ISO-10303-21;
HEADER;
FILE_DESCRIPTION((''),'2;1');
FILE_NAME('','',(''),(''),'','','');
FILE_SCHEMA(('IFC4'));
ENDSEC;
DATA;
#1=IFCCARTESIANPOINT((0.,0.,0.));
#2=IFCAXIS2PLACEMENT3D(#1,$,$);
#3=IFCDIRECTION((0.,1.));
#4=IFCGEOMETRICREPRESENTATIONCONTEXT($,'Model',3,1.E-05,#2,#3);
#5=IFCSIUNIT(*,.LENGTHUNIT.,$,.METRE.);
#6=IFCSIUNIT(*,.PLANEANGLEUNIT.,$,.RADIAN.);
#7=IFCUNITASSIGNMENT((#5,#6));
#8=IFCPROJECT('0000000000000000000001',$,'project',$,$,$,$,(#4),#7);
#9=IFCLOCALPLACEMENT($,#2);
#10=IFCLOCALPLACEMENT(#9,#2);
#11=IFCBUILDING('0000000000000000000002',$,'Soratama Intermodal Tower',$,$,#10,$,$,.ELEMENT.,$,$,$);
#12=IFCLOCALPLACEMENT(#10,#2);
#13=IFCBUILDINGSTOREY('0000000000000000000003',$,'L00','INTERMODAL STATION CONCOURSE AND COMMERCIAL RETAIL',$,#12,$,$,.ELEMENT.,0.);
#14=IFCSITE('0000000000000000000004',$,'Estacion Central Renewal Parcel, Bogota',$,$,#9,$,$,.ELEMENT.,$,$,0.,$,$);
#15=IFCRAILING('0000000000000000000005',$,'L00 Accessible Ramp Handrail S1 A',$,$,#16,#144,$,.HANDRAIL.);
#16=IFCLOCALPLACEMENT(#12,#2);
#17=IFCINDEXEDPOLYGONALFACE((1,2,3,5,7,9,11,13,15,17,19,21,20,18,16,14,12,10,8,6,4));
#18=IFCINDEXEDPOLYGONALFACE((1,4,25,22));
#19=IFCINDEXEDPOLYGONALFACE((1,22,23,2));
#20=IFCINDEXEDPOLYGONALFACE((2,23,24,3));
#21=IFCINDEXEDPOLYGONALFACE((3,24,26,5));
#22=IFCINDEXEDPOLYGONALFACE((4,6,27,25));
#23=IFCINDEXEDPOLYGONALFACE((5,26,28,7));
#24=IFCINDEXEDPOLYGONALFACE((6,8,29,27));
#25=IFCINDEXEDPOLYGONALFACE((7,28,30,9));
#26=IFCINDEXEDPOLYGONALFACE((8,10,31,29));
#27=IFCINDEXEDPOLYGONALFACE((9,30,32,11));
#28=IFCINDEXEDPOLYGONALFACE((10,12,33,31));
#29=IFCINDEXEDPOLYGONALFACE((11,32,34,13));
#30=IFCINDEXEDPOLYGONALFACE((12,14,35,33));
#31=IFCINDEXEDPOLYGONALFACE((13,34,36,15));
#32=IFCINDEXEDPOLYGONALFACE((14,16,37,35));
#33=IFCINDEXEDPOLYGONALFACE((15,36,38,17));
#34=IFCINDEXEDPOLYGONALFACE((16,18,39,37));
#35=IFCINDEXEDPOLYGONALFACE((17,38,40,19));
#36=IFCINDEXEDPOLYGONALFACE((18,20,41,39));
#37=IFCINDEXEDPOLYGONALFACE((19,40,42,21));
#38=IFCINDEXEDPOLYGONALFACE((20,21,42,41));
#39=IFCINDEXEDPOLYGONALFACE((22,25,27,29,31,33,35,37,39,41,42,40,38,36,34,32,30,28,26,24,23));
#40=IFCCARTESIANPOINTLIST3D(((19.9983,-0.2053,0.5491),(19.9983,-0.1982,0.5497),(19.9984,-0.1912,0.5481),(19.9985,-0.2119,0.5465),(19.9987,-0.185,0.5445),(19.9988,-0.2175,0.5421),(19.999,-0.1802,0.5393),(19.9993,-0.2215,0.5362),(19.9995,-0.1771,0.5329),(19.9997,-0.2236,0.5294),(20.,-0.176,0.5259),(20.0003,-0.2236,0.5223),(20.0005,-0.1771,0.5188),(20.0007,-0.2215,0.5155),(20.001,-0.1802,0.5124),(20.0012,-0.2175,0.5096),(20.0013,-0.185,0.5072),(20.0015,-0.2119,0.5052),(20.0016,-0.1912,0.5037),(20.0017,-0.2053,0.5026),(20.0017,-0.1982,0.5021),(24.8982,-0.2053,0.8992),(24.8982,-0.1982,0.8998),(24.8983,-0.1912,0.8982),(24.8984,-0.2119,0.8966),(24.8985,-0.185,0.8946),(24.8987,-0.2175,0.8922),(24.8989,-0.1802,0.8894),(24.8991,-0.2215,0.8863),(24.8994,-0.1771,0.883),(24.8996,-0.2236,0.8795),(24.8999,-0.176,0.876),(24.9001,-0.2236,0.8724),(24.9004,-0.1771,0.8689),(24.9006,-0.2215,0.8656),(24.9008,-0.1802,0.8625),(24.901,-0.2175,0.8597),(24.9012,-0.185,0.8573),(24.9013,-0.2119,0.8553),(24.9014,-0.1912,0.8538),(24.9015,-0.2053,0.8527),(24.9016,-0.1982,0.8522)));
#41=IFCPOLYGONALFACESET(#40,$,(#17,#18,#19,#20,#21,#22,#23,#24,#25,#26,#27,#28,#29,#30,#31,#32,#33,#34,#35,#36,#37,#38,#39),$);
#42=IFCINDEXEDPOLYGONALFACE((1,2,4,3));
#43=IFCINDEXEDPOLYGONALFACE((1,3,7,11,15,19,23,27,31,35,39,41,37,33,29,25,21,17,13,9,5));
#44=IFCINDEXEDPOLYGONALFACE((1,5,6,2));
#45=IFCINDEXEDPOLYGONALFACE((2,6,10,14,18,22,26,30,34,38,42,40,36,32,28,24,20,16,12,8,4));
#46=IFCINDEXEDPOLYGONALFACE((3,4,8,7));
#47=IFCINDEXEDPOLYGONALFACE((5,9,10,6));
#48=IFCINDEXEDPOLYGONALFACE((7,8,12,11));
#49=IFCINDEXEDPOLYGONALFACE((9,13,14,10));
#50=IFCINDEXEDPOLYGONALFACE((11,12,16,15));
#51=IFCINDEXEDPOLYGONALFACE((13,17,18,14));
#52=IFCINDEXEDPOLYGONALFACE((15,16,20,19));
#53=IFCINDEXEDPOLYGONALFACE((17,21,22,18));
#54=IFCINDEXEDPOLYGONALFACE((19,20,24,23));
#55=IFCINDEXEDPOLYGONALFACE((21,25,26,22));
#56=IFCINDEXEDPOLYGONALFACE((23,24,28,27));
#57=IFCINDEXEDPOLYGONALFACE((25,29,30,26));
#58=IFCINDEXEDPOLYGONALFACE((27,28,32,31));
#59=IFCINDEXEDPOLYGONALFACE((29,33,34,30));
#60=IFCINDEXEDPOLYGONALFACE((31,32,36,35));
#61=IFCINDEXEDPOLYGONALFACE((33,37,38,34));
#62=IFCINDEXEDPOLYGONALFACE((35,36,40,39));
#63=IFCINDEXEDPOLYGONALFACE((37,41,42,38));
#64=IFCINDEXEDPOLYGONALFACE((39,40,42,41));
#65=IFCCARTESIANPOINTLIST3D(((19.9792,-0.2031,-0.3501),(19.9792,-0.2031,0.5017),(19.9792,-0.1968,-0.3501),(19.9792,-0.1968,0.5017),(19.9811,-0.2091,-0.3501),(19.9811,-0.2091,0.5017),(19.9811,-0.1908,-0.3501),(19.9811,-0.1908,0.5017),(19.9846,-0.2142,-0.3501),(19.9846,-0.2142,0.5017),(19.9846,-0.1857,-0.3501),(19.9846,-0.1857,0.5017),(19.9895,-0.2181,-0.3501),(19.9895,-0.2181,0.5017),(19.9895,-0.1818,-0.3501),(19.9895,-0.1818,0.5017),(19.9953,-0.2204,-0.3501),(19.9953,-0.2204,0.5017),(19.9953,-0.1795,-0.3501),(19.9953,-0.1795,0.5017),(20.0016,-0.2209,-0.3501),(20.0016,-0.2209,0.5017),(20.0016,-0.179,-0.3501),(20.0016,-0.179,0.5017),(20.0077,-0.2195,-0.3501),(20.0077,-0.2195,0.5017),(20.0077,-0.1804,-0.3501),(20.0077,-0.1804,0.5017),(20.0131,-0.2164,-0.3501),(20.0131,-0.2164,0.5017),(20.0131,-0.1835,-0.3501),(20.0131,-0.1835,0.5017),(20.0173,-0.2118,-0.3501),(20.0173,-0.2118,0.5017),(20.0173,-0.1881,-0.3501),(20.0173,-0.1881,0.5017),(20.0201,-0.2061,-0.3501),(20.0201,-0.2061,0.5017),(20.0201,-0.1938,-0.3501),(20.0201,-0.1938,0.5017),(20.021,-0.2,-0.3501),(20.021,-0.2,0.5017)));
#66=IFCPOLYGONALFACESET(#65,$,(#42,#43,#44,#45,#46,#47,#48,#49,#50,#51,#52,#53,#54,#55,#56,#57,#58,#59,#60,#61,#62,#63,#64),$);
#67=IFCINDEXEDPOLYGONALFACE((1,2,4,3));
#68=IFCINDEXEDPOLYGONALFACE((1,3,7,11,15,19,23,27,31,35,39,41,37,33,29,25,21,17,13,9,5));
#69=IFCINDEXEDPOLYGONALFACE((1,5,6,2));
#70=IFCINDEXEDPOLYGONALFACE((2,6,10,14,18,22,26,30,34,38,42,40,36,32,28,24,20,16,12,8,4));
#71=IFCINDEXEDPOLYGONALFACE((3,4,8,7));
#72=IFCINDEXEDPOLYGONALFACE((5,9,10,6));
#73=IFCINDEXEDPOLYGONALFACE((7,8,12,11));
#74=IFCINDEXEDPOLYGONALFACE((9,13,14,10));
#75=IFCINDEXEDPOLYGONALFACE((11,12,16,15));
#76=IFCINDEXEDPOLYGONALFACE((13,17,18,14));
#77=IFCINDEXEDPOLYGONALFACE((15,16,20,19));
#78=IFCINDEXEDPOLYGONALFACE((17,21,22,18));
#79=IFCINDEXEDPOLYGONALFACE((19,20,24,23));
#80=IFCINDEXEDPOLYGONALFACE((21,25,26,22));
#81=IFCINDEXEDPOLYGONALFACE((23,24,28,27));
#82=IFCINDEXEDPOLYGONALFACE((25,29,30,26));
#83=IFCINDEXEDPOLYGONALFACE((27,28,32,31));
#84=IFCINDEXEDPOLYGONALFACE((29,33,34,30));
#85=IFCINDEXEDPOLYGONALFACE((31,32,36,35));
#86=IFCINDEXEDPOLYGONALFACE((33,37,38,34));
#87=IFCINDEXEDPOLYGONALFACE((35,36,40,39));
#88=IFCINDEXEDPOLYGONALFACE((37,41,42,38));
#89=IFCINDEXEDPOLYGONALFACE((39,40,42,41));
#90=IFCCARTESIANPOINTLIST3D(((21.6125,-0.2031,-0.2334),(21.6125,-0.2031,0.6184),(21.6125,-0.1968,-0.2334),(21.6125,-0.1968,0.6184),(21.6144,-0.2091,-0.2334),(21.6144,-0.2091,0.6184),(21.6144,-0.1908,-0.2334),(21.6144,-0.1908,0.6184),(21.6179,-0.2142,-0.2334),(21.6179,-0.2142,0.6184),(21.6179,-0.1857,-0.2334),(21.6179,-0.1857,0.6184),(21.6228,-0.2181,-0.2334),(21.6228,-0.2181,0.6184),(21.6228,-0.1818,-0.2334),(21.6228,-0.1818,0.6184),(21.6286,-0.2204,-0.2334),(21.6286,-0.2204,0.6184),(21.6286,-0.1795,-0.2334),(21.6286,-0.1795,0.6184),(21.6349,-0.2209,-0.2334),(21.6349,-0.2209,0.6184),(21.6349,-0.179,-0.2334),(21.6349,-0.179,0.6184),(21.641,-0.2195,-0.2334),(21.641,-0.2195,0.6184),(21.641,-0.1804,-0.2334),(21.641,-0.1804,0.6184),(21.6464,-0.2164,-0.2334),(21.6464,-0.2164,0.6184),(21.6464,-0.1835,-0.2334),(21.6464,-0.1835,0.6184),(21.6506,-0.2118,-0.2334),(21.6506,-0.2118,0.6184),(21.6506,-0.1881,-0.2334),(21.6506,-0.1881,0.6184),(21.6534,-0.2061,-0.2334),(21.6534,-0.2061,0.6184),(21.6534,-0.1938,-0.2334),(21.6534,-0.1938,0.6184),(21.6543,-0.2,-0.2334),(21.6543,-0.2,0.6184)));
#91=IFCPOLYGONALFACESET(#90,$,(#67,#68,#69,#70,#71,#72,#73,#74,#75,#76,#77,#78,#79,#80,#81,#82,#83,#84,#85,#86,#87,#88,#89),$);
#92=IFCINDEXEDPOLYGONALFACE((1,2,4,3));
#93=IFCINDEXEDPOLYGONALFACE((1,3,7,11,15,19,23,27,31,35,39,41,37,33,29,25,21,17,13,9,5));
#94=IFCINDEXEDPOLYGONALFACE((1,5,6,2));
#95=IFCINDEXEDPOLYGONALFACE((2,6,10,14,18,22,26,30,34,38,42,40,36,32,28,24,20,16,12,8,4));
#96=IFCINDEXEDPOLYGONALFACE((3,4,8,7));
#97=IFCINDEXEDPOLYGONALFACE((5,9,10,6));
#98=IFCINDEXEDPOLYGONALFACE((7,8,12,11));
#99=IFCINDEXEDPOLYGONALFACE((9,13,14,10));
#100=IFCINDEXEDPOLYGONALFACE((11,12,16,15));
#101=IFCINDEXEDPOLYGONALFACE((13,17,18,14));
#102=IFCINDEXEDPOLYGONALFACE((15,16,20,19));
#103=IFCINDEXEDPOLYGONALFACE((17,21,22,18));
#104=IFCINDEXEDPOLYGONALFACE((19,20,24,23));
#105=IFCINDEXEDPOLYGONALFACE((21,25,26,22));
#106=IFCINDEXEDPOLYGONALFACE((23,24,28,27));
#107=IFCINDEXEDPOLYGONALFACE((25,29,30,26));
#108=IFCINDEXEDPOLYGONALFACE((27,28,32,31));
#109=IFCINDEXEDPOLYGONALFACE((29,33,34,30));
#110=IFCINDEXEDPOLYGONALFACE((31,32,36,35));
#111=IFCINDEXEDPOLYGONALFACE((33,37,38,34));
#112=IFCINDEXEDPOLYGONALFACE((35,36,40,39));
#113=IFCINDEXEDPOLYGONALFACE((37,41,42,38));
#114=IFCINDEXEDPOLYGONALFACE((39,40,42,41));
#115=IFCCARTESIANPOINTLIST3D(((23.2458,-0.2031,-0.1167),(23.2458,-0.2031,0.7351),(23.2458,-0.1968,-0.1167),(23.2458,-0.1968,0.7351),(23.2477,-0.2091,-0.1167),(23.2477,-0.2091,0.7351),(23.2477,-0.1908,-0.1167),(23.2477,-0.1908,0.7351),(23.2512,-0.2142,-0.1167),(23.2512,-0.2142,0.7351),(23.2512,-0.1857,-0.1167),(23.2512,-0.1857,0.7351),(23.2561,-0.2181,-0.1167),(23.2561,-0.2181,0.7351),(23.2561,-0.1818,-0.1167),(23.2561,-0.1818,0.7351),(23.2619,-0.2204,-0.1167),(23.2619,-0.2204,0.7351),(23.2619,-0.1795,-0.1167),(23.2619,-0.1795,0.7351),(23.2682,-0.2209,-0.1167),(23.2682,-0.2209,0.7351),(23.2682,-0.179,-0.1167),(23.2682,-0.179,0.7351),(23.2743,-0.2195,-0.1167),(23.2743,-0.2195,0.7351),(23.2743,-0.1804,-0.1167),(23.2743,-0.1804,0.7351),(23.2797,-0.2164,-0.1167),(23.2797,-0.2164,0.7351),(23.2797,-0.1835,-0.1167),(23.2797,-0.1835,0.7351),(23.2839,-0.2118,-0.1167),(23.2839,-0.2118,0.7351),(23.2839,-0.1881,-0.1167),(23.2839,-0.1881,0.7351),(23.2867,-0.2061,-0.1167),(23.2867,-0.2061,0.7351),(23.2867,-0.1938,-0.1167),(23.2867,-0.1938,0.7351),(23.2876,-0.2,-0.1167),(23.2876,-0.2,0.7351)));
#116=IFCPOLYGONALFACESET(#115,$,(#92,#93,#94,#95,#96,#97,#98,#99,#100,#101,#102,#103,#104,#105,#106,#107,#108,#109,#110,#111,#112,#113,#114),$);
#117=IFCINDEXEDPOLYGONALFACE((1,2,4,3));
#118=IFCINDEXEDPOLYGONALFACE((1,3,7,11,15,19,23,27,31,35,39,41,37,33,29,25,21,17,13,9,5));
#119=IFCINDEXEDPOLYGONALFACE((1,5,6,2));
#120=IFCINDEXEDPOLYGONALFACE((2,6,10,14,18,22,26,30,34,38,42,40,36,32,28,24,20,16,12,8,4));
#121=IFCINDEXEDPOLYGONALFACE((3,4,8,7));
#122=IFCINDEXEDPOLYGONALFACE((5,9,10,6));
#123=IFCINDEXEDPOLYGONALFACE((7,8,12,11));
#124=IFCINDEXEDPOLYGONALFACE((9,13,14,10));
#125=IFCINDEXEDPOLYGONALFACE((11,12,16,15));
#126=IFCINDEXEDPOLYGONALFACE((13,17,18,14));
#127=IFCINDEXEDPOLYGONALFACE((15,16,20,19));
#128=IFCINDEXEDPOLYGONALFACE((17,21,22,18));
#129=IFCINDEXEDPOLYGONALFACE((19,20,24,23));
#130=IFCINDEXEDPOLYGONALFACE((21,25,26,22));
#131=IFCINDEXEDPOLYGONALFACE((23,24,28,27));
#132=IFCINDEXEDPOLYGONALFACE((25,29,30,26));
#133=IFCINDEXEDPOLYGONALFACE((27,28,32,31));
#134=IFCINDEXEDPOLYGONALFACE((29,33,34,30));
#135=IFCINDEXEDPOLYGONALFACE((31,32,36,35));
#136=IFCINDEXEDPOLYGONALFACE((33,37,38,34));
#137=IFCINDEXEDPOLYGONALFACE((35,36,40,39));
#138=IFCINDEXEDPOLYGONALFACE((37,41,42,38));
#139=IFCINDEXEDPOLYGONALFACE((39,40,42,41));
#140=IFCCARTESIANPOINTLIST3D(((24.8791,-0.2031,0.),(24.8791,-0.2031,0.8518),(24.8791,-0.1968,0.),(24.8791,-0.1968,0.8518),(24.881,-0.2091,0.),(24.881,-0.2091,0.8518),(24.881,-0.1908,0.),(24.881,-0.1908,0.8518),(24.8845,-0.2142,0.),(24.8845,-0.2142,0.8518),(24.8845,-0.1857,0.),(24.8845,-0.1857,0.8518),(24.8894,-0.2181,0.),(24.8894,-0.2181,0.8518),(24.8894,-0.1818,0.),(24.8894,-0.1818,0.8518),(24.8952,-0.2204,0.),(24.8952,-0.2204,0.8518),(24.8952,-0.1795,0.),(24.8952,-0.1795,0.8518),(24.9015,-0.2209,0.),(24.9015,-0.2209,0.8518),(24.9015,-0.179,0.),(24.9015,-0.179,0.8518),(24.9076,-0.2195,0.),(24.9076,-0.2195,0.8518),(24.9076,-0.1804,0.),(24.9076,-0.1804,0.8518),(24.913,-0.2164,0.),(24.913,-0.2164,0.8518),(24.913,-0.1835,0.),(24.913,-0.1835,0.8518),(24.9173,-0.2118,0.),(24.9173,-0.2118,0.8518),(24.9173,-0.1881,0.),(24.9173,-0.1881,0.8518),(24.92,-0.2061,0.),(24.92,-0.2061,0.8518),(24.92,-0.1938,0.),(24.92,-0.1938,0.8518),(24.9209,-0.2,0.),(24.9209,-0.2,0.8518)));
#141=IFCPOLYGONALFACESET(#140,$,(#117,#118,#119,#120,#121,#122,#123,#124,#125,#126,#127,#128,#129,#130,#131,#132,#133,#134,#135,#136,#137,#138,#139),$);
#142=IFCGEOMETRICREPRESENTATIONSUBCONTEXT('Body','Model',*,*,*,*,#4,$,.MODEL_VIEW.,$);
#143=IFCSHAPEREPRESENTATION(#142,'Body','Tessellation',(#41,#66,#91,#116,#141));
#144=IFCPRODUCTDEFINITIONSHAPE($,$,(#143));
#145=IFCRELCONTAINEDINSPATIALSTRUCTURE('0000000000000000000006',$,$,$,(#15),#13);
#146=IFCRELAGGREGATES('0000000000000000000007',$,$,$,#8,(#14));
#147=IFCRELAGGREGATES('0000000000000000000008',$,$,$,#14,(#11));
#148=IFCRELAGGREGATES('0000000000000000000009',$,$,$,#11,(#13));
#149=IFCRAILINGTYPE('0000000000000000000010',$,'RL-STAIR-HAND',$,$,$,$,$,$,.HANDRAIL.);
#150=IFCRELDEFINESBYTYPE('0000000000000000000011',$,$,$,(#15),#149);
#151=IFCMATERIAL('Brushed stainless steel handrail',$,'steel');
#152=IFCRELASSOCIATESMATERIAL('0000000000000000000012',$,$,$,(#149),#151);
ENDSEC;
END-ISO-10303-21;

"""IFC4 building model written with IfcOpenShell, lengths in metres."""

from ifc_helpers import new_model, si_unit, direction, frame, origin, origin_2d, place, context, subcontext, project, spatial, circle, extrude, material, type_object, element, save


model = new_model("IFC4")

# Units and contexts
model_context = context("Model", 3, precision=1e-05, world=origin(), true_north=direction((0.0, 1.0)))
body_context = subcontext(model_context, "Body", "Model", "MODEL_VIEW")
ifc_project = project(units=[si_unit("LENGTHUNIT", "METRE"), si_unit("PLANEANGLEUNIT", "RADIAN")], contexts=[model_context])

# Site, building, storey
site_placement = place(None, origin())
site = spatial("IfcSite", under=ifc_project, at=site_placement, Name="Estacion Central Renewal Parcel, Bogota", CompositionType="ELEMENT", RefElevation=0.0)
building_placement = place(site_placement, origin())
building = spatial("IfcBuilding", under=site, at=building_placement, Name="Soratama Intermodal Tower", CompositionType="ELEMENT")
storey_placement = place(building_placement, origin())
storey = spatial("IfcBuildingStorey", under=building, at=storey_placement, Name="L00", Description="INTERMODAL STATION CONCOURSE AND COMMERCIAL RETAIL", CompositionType="ELEMENT", Elevation=0.0)

# Railing
ifc_material_1 = material(Name="Brushed stainless steel handrail", Category="steel")
railing_type_1 = type_object("IfcRailingType", Name="RL-STAIR-HAND", PredefinedType="HANDRAIL", material=ifc_material_1)
for number, where, name in (
    (1, (20.0, -0.2, -0.3501), "L00 Accessible Ramp Handrail S1 A"),
):
    element("IfcRailing", number, at=place(storey_placement, frame(where)), inside=storey, type_object=railing_type_1, Name=name, PredefinedType="HANDRAIL", context=body_context, shape_type="SweptSolid", body=[
        extrude(circle(Radius=0.0239, at=origin_2d()), frame((0.0, 0.0, 0.876), z_axis=(0.997457, 0.0, 0.071268), x_axis=(0.0, 1.0, 0.0)), (0.0, 0.0, 1.0), 4.9124),
        extrude(circle(Radius=0.021, at=origin_2d()), origin(), (0.0, 0.0, 1.0), 0.8518),
        extrude(circle(Radius=0.021, at=origin_2d()), frame((1.6333, 0.0, 0.1167)), (0.0, 0.0, 1.0), 0.8518),
        extrude(circle(Radius=0.021, at=origin_2d()), frame((3.2666, 0.0, 0.2334)), (0.0, 0.0, 1.0), 0.8518),
        extrude(circle(Radius=0.021, at=origin_2d()), frame((4.8999, 0.0, 0.3501)), (0.0, 0.0, 1.0), 0.8518),
    ])

save(model, "model.ifc")
